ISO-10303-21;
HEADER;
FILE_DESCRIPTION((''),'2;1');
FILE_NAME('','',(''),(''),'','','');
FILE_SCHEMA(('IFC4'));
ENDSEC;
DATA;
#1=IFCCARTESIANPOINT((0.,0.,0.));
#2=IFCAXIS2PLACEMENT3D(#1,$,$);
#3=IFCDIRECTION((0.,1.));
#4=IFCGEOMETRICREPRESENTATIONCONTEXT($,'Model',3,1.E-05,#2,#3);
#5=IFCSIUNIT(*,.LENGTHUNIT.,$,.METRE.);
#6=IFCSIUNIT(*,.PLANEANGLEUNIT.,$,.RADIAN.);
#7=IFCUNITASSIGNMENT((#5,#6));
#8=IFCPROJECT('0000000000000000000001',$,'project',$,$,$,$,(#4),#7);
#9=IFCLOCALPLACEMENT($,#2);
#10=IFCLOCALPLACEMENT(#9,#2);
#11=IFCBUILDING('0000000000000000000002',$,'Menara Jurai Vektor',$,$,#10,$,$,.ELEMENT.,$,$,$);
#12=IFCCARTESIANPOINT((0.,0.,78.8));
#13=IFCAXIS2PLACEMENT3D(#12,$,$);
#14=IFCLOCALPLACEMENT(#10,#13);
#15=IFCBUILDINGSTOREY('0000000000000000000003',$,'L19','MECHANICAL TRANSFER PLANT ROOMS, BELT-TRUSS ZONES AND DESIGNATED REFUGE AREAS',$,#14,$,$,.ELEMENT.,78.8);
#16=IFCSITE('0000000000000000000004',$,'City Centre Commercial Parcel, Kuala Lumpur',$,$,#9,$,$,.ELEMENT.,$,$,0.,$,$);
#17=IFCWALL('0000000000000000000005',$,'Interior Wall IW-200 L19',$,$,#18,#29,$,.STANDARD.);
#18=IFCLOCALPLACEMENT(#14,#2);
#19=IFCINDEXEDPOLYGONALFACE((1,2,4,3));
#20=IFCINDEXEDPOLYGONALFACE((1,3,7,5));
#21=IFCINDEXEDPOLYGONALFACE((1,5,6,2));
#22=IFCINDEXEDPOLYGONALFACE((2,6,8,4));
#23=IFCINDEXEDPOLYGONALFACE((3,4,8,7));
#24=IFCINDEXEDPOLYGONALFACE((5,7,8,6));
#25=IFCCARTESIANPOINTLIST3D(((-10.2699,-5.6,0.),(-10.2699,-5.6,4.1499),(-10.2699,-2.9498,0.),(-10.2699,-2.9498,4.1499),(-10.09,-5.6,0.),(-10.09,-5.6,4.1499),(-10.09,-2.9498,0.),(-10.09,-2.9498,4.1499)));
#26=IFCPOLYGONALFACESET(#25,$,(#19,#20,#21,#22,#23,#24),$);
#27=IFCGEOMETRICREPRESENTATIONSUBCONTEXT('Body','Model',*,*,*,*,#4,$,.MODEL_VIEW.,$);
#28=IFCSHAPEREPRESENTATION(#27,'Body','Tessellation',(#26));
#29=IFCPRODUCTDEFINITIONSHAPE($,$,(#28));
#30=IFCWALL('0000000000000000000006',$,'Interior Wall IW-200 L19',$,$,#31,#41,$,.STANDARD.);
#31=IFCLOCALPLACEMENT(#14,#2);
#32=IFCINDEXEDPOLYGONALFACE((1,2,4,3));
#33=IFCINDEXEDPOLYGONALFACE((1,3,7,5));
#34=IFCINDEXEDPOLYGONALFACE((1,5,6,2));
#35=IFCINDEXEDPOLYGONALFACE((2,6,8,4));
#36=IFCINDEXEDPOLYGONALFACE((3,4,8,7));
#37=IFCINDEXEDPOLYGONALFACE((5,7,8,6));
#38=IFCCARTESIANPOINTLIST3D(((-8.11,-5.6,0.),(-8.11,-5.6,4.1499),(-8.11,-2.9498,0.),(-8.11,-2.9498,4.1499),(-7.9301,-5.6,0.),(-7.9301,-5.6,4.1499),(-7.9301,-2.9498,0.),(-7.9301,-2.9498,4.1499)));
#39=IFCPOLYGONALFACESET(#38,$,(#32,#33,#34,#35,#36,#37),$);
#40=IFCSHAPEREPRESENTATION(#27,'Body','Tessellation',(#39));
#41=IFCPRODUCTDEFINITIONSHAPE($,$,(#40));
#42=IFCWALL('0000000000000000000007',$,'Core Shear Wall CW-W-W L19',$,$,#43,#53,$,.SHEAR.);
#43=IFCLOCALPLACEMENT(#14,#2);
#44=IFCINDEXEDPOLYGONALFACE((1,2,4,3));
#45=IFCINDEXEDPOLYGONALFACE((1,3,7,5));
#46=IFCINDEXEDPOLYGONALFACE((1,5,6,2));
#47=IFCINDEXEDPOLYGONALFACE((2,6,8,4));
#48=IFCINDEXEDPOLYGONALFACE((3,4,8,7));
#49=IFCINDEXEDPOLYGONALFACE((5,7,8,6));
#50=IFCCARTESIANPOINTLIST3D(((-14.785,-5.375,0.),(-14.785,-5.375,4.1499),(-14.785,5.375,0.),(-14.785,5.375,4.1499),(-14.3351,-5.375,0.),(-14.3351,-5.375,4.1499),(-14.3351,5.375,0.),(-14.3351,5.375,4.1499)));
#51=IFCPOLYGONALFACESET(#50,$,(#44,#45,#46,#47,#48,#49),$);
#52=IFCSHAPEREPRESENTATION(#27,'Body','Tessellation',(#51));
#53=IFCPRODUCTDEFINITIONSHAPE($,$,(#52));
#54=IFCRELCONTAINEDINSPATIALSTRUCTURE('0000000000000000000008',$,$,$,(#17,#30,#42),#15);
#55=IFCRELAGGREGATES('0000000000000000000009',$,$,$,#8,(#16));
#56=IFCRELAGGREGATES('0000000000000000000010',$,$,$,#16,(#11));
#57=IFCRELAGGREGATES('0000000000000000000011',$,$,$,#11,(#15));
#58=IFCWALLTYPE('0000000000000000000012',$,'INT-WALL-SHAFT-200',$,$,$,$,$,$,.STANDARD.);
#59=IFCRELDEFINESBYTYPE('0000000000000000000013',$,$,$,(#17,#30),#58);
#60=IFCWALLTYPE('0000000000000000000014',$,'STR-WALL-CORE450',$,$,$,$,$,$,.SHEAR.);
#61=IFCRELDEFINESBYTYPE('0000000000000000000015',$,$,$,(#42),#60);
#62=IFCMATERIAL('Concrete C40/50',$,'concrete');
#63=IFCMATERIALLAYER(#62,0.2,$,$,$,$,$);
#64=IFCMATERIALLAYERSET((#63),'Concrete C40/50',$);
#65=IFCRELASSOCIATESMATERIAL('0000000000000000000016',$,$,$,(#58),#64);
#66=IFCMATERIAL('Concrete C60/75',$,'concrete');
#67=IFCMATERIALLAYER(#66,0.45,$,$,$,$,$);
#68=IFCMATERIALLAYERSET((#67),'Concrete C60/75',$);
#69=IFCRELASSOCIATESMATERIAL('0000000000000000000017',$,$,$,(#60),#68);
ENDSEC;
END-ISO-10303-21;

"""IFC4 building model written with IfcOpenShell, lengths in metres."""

from ifc_helpers import new_model, si_unit, direction, frame, frame_2d, origin, place, context, subcontext, project, spatial, rectangle, extrude, material, layer, layer_set, type_object, element, save


model = new_model("IFC4")

# Units and contexts
model_context = context("Model", 3, precision=1e-05, world=origin(), true_north=direction((0.0, 1.0)))
body_context = subcontext(model_context, "Body", "Model", "MODEL_VIEW")
ifc_project = project(units=[si_unit("LENGTHUNIT", "METRE"), si_unit("PLANEANGLEUNIT", "RADIAN")], contexts=[model_context])

# Site, building, storey
site_placement = place(None, origin())
site = spatial("IfcSite", under=ifc_project, at=site_placement, Name="City Centre Commercial Parcel, Kuala Lumpur", CompositionType="ELEMENT", RefElevation=0.0)
building_placement = place(site_placement, origin())
building = spatial("IfcBuilding", under=site, at=building_placement, Name="Menara Jurai Vektor", CompositionType="ELEMENT")
storey_placement = place(building_placement, frame((0.0, 0.0, 78.8)))
storey = spatial("IfcBuildingStorey", under=building, at=storey_placement, Name="L19", Description="MECHANICAL TRANSFER PLANT ROOMS, BELT-TRUSS ZONES AND DESIGNATED REFUGE AREAS", CompositionType="ELEMENT", Elevation=78.8)

# Shared definitions
ifc_material_1 = material(Name="Concrete C60/75", Category="concrete")

# Shared definitions
ifc_material_2 = material(Name="Concrete C40/50", Category="concrete")

# Shared definitions
ifc_layer_1 = layer(ifc_material_2, 0.2)
ifc_layer_set_1 = layer_set([ifc_layer_1], Name="Concrete C40/50")
wall_type_1 = type_object("IfcWallType", Name="INT-WALL-SHAFT-200", PredefinedType="STANDARD", material=ifc_layer_set_1)

# Walls
for number, where, z_axis, x_axis, name in (
    (1, (-10.1799, -5.6001, 0.0), (0.0, 0.0, 1.0), (0.0, 1.0, 0.0), "Interior Wall IW-200 L19"),
    (2, (-8.02, -5.6001, 0.0), (0.0, 0.0, 1.0), (0.0, 1.0, 0.0), "Interior Wall IW-200 L19"),
):
    element("IfcWall", number, at=place(storey_placement, frame(where, z_axis=z_axis, x_axis=x_axis)), inside=storey, type_object=wall_type_1, Name=name, PredefinedType="STANDARD", context=body_context, shape_type="SweptSolid", body=[
        extrude(rectangle(XDim=2.6501, YDim=0.1799, at=frame_2d((1.3252, 0.0))), origin(), (0.0, 0.0, 1.0), 4.1499),
    ])
ifc_layer_2 = layer(ifc_material_1, 0.45)
ifc_layer_set_2 = layer_set([ifc_layer_2], Name="Concrete C60/75")
wall_type_2 = type_object("IfcWallType", Name="STR-WALL-CORE450", PredefinedType="SHEAR", material=ifc_layer_set_2)
wall_1_placement = place(storey_placement, frame((-14.5601, -5.375, 0.0), z_axis=(0.0, 0.0, 1.0), x_axis=(0.0, 1.0, 0.0)))
element("IfcWall", 3, at=wall_1_placement, inside=storey, type_object=wall_type_2, Name="Core Shear Wall CW-W-W L19", PredefinedType="SHEAR", context=body_context, shape_type="SweptSolid", body=[
    extrude(rectangle(XDim=10.75, YDim=0.45, at=frame_2d((5.375, 0.0))), origin(), (0.0, 0.0, 1.0), 4.1499),
])

save(model, "model.ifc")
